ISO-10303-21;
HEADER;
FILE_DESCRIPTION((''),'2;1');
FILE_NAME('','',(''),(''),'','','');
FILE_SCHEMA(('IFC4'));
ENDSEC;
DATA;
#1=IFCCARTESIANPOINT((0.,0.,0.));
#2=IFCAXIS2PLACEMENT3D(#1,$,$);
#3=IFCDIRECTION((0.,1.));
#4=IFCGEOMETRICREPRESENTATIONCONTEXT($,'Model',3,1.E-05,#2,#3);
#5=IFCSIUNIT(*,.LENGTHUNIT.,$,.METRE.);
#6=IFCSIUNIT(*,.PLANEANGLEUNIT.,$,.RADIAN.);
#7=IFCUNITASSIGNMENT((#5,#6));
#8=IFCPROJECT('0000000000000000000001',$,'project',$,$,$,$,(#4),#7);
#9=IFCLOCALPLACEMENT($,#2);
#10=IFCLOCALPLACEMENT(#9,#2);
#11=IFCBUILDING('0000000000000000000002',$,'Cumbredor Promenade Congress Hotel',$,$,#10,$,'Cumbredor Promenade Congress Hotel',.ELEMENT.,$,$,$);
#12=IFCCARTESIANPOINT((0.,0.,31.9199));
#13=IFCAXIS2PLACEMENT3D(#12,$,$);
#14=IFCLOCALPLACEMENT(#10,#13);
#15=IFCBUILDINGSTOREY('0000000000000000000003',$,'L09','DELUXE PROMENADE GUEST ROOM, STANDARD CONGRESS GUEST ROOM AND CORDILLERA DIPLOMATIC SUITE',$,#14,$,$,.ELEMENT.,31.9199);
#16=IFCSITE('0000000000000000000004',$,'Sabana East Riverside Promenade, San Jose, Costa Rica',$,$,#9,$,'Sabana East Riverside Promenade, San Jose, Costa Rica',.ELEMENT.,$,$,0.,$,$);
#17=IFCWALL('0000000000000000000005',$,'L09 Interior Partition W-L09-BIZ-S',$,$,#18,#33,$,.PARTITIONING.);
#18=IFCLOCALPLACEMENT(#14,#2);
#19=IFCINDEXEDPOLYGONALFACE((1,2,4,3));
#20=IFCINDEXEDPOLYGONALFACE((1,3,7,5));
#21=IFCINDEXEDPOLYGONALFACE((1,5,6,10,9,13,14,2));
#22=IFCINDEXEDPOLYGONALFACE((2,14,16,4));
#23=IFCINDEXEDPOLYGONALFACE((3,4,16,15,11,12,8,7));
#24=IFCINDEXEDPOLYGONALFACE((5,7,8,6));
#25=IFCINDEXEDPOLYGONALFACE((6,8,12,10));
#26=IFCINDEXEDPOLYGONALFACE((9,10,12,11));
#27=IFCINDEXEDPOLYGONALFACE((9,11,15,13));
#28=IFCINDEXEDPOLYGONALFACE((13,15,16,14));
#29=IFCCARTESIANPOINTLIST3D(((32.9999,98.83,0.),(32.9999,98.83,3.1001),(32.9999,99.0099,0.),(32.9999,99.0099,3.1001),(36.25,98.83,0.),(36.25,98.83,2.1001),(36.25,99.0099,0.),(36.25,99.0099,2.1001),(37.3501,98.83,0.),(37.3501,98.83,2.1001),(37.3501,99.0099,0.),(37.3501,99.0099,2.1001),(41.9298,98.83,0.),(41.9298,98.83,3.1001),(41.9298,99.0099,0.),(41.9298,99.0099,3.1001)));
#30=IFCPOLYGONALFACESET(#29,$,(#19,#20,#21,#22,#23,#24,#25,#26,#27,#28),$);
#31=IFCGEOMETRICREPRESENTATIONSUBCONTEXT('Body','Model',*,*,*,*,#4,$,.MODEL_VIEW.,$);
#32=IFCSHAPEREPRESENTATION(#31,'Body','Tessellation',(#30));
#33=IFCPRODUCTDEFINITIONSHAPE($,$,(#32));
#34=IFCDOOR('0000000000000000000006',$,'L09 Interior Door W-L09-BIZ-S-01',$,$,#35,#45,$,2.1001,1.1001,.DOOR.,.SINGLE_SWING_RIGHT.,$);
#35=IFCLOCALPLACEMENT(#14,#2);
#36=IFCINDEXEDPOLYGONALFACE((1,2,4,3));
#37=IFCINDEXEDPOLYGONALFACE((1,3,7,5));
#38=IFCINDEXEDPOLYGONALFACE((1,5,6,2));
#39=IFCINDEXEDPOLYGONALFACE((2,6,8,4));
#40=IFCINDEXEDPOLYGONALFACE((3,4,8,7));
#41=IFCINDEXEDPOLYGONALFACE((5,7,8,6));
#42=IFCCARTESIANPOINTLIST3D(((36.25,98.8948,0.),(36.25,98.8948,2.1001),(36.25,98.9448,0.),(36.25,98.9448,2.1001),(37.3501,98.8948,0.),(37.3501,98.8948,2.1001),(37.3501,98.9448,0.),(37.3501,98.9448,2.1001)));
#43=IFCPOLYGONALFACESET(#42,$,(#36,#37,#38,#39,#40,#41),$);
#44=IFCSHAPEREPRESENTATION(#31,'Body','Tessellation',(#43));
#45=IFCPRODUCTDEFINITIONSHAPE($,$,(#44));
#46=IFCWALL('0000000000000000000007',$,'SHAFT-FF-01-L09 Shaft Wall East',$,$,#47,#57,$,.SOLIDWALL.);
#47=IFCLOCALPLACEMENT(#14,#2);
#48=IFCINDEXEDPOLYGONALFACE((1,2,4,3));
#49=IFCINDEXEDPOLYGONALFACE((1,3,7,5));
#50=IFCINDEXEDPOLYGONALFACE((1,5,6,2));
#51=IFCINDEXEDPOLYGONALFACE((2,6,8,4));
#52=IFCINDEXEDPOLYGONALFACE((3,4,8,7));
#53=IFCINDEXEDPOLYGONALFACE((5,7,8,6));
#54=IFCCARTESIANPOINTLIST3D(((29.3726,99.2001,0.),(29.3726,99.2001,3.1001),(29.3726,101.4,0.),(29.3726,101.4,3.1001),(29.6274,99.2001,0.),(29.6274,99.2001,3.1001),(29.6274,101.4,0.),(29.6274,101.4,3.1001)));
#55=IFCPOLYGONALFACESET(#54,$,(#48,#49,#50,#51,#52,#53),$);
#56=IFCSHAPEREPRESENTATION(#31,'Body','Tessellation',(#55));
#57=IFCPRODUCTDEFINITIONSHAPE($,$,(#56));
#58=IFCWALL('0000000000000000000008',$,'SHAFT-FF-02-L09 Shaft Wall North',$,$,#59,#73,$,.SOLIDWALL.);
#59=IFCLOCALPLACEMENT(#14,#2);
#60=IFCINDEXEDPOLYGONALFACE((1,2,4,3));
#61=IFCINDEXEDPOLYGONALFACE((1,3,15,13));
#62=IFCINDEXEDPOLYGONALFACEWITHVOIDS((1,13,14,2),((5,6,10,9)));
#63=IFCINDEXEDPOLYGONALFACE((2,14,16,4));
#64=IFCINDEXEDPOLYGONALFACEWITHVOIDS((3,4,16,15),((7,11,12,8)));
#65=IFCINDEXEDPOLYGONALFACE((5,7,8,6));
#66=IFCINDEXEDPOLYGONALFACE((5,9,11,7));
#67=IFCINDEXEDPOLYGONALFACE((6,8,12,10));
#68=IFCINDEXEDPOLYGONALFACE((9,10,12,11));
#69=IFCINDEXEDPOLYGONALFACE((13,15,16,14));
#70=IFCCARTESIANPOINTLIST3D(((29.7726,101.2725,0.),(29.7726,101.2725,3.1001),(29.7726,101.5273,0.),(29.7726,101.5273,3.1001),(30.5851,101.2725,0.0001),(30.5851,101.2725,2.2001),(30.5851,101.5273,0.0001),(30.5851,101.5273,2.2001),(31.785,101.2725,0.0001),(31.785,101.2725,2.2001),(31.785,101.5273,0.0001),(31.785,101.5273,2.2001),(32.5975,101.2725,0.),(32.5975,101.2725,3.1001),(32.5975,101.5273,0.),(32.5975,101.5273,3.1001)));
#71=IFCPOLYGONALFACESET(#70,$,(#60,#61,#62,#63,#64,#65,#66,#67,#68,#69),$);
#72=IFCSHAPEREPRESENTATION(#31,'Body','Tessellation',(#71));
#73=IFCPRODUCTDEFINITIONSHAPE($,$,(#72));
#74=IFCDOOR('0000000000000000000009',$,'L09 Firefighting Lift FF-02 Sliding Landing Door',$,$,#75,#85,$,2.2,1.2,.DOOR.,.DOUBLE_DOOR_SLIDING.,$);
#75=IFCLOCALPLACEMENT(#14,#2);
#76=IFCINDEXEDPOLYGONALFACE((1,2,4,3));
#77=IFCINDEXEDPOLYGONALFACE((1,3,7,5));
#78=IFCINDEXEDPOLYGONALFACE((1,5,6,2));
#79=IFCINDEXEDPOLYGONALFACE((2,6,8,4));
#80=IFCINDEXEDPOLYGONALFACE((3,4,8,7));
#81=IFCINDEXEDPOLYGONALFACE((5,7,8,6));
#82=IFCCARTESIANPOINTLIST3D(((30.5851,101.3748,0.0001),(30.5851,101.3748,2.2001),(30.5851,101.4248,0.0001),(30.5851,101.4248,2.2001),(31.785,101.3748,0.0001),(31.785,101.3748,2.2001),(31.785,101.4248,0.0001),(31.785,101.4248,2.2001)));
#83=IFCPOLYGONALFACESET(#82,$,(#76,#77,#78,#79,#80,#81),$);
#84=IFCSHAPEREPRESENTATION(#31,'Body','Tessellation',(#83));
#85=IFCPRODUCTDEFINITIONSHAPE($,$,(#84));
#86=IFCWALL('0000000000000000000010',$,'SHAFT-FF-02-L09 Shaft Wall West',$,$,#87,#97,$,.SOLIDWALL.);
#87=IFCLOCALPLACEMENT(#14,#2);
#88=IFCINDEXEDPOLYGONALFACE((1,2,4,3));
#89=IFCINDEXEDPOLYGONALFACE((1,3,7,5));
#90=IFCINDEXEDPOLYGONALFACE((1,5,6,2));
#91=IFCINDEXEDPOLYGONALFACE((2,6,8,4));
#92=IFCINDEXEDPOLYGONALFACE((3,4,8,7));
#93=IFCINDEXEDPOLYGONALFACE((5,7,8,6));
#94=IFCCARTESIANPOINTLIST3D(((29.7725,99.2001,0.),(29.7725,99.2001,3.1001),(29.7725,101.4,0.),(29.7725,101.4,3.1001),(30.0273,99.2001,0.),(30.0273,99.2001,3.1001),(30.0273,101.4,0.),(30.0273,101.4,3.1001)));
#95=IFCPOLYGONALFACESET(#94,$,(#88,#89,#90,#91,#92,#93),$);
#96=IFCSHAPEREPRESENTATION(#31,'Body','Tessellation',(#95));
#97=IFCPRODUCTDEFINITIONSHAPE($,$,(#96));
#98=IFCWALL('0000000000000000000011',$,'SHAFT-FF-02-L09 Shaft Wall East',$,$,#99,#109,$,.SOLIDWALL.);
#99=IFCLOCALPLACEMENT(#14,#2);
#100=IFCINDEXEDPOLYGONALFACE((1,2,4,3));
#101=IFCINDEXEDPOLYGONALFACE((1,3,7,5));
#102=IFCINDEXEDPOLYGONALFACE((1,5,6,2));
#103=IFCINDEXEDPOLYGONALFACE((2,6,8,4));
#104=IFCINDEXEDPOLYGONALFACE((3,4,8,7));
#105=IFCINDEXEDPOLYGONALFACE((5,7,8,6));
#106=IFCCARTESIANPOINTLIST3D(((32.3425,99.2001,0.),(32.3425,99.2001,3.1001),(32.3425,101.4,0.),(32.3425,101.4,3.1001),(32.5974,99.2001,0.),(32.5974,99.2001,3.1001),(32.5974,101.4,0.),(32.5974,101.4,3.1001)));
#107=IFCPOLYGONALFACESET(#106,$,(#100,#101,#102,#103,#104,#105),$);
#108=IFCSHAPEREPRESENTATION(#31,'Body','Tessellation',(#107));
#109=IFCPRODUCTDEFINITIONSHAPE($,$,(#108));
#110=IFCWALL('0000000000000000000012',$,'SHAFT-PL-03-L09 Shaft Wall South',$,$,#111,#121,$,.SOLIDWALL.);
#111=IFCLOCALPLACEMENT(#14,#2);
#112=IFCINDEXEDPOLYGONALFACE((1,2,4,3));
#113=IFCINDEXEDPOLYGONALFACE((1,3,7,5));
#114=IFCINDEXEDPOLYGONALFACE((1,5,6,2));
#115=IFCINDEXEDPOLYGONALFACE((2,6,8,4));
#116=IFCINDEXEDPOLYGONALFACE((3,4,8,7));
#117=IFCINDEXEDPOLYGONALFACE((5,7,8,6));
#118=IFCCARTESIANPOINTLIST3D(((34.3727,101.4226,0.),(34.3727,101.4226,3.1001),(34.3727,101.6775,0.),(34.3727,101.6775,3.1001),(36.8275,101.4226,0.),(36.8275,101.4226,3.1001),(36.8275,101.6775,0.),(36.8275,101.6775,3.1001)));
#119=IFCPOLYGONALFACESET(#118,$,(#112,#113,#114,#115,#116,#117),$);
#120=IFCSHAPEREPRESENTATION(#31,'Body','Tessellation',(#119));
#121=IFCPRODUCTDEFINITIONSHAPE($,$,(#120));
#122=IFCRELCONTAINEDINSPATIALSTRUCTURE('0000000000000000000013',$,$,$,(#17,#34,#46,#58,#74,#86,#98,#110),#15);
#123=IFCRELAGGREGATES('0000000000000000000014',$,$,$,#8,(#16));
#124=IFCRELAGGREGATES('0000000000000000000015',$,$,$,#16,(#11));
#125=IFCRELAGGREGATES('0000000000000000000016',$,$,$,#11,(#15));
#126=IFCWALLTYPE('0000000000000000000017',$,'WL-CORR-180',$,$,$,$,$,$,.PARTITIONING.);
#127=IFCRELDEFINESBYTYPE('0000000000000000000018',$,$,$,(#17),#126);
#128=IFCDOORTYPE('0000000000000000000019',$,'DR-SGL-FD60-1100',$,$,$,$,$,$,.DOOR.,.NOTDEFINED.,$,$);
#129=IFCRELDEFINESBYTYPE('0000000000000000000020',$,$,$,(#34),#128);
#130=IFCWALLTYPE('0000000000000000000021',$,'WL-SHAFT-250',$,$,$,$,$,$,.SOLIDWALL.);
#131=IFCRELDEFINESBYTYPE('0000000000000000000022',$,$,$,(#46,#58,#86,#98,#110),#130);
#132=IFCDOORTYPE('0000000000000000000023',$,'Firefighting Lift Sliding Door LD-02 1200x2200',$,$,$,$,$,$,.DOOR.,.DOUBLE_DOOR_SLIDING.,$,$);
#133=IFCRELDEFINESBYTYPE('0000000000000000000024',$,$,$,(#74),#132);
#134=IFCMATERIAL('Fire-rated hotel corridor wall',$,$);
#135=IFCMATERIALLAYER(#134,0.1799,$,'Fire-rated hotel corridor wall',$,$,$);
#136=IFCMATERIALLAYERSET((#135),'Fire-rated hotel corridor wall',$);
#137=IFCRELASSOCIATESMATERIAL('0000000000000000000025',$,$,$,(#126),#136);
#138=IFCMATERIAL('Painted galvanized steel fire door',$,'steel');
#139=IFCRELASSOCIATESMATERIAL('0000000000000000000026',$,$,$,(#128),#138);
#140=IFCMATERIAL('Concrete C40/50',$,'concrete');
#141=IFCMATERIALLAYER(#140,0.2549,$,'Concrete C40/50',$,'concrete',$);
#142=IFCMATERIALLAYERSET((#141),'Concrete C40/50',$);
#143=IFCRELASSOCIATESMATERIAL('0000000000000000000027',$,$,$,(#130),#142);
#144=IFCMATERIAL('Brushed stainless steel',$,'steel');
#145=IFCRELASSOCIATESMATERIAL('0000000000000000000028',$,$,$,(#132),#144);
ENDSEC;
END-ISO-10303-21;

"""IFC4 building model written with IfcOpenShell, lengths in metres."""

from ifc_helpers import new_model, si_unit, direction, frame, frame_2d, origin, place, context, subcontext, project, spatial, rectangle, extrude, material, layer, layer_set, type_object, element, fill, save


model = new_model("IFC4")

# Units and contexts
model_context = context("Model", 3, precision=1e-05, world=origin(), true_north=direction((0.0, 1.0)))
body_context = subcontext(model_context, "Body", "Model", "MODEL_VIEW")
ifc_project = project(units=[si_unit("LENGTHUNIT", "METRE"), si_unit("PLANEANGLEUNIT", "RADIAN")], contexts=[model_context])

# Site, building, storey
site_placement = place(None, origin())
site = spatial("IfcSite", under=ifc_project, at=site_placement, Name="Sabana East Riverside Promenade, San Jose, Costa Rica", LongName="Sabana East Riverside Promenade, San Jose, Costa Rica", CompositionType="ELEMENT", RefElevation=0.0)
building_placement = place(site_placement, origin())
building = spatial("IfcBuilding", under=site, at=building_placement, Name="Cumbredor Promenade Congress Hotel", LongName="Cumbredor Promenade Congress Hotel", CompositionType="ELEMENT")
storey_placement = place(building_placement, frame((0.0, 0.0, 31.9199)))
storey = spatial("IfcBuildingStorey", under=building, at=storey_placement, Name="L09", Description="DELUXE PROMENADE GUEST ROOM, STANDARD CONGRESS GUEST ROOM AND CORDILLERA DIPLOMATIC SUITE", CompositionType="ELEMENT", Elevation=31.9199)

# Shared definitions
ifc_material_1 = material(Name="Concrete C40/50", Category="concrete")

# Wall, opening, door
ifc_material_2 = material(Name="Fire-rated hotel corridor wall")
ifc_layer_1 = layer(ifc_material_2, 0.1799, Name="Fire-rated hotel corridor wall")
ifc_layer_set_1 = layer_set([ifc_layer_1], Name="Fire-rated hotel corridor wall")
wall_type_1 = type_object("IfcWallType", Name="WL-CORR-180", PredefinedType="PARTITIONING", material=ifc_layer_set_1)
wall_1_placement = place(storey_placement, frame((33.0, 98.9199, 0.0), z_axis=(0.0, 0.0, 1.0), x_axis=(1.0, 0.0, 0.0)))
wall_1 = element("IfcWall", 1, at=wall_1_placement, inside=storey, type_object=wall_type_1, Name="L09 Interior Partition W-L09-BIZ-S", PredefinedType="PARTITIONING", context=body_context, shape_type="SweptSolid", body=[
    extrude(rectangle(XDim=8.9299, YDim=0.1799, at=frame_2d((4.4648, 0.0))), origin(), (0.0, 0.0, 1.0), 3.1001),
])
opening_1_placement = place(wall_1_placement, frame((3.25, 0.0, 0.0)))
opening_1 = element("IfcOpeningElement", 2, at=opening_1_placement, cuts=wall_1, PredefinedType="OPENING", context=body_context, shape_type="SweptSolid", body=[
    extrude(rectangle(XDim=1.1001, YDim=2.1001, at=frame_2d((0.55, 1.05))), frame((0.0, 0.1001, 0.0), z_axis=(0.0, -1.0, 0.0), x_axis=(1.0, 0.0, 0.0)), (0.0, 0.0, 1.0), 0.2),
])
ifc_material_3 = material(Name="Painted galvanized steel fire door", Category="steel")
door_type_1 = type_object("IfcDoorType", Name="DR-SGL-FD60-1100", OperationType="NOTDEFINED", PredefinedType="DOOR", material=ifc_material_3)
door_1_placement = place(opening_1_placement, origin())
door_1 = element("IfcDoor", 3, at=door_1_placement, inside=storey, type_object=door_type_1, Name="L09 Interior Door W-L09-BIZ-S-01", OperationType="SINGLE_SWING_RIGHT", OverallHeight=2.1001, OverallWidth=1.1001, PredefinedType="DOOR", context=body_context, shape_type="SweptSolid", body=[
    extrude(rectangle(XDim=1.1001, YDim=2.1001, at=frame_2d((0.55, 1.05))), frame((0.0, 0.0249, 0.0), z_axis=(0.0, -1.0, 0.0), x_axis=(1.0, 0.0, 0.0)), (0.0, 0.0, 1.0), 0.05),
])
fill(opening_1, door_1)

# Wall
ifc_layer_2 = layer(ifc_material_1, 0.2549, Name="Concrete C40/50", Category="concrete")
ifc_layer_set_2 = layer_set([ifc_layer_2], Name="Concrete C40/50")
wall_type_2 = type_object("IfcWallType", Name="WL-SHAFT-250", PredefinedType="SOLIDWALL", material=ifc_layer_set_2)
wall_2_placement = place(storey_placement, frame((29.5, 99.2, 0.0), z_axis=(0.0, 0.0, 1.0), x_axis=(0.0, 1.0, 0.0)))
element("IfcWall", 4, at=wall_2_placement, inside=storey, type_object=wall_type_2, Name="SHAFT-FF-01-L09 Shaft Wall East", PredefinedType="SOLIDWALL", context=body_context, shape_type="SweptSolid", body=[
    extrude(rectangle(XDim=2.2, YDim=0.2549, at=frame_2d((1.1001, 0.0))), origin(), (0.0, 0.0, 1.0), 3.1001),
])

# Wall, opening, door
wall_3_placement = place(storey_placement, frame((29.7725, 101.3999, 0.0), z_axis=(0.0, 0.0, 1.0), x_axis=(1.0, 0.0, 0.0)))
wall_3 = element("IfcWall", 5, at=wall_3_placement, inside=storey, type_object=wall_type_2, Name="SHAFT-FF-02-L09 Shaft Wall North", PredefinedType="SOLIDWALL", context=body_context, shape_type="SweptSolid", body=[
    extrude(rectangle(XDim=2.825, YDim=0.2549, at=frame_2d((1.4126, 0.0))), origin(), (0.0, 0.0, 1.0), 3.1001),
])
opening_2_placement = place(wall_3_placement, frame((0.8125, 0.0, 0.0)))
opening_2 = element("IfcOpeningElement", 6, at=opening_2_placement, cuts=wall_3, PredefinedType="OPENING", context=body_context, shape_type="SweptSolid", body=[
    extrude(rectangle(XDim=1.2, YDim=2.2, at=frame_2d((0.6001, 1.1001))), frame((0.0, 0.1375, 0.0), z_axis=(0.0, -1.0, 0.0), x_axis=(1.0, 0.0, 0.0)), (0.0, 0.0, 1.0), 0.2749),
])
ifc_material_4 = material(Name="Brushed stainless steel", Category="steel")
door_type_2 = type_object("IfcDoorType", Name="Firefighting Lift Sliding Door LD-02 1200x2200", OperationType="DOUBLE_DOOR_SLIDING", PredefinedType="DOOR", material=ifc_material_4)
door_2_placement = place(opening_2_placement, origin())
door_2 = element("IfcDoor", 7, at=door_2_placement, inside=storey, type_object=door_type_2, Name="L09 Firefighting Lift FF-02 Sliding Landing Door", OperationType="DOUBLE_DOOR_SLIDING", OverallHeight=2.2, OverallWidth=1.2, PredefinedType="DOOR", context=body_context, shape_type="SweptSolid", body=[
    extrude(rectangle(XDim=1.2, YDim=2.2, at=frame_2d((0.6001, 1.1001))), frame((0.0, 0.0249, 0.0), z_axis=(0.0, -1.0, 0.0), x_axis=(1.0, 0.0, 0.0)), (0.0, 0.0, 1.0), 0.05),
])
fill(opening_2, door_2)

# Walls
for number, where, z_axis, x_axis, name in (
    (8, (29.8999, 99.2, 0.0), (0.0, 0.0, 1.0), (0.0, 1.0, 0.0), "SHAFT-FF-02-L09 Shaft Wall West"),
    (9, (32.47, 99.2, 0.0), (0.0, 0.0, 1.0), (0.0, 1.0, 0.0), "SHAFT-FF-02-L09 Shaft Wall East"),
):
    element("IfcWall", number, at=place(storey_placement, frame(where, z_axis=z_axis, x_axis=x_axis)), inside=storey, type_object=wall_type_2, Name=name, PredefinedType="SOLIDWALL", context=body_context, shape_type="SweptSolid", body=[
        extrude(rectangle(XDim=2.2, YDim=0.2549, at=frame_2d((1.1001, 0.0))), origin(), (0.0, 0.0, 1.0), 3.1001),
    ])
wall_4_placement = place(storey_placement, frame((34.3726, 101.55, 0.0), z_axis=(0.0, 0.0, 1.0), x_axis=(1.0, 0.0, 0.0)))
element("IfcWall", 10, at=wall_4_placement, inside=storey, type_object=wall_type_2, Name="SHAFT-PL-03-L09 Shaft Wall South", PredefinedType="SOLIDWALL", context=body_context, shape_type="SweptSolid", body=[
    extrude(rectangle(XDim=2.4548, YDim=0.2549, at=frame_2d((1.2275, 0.0))), origin(), (0.0, 0.0, 1.0), 3.1001),
])

save(model, "model.ifc")
